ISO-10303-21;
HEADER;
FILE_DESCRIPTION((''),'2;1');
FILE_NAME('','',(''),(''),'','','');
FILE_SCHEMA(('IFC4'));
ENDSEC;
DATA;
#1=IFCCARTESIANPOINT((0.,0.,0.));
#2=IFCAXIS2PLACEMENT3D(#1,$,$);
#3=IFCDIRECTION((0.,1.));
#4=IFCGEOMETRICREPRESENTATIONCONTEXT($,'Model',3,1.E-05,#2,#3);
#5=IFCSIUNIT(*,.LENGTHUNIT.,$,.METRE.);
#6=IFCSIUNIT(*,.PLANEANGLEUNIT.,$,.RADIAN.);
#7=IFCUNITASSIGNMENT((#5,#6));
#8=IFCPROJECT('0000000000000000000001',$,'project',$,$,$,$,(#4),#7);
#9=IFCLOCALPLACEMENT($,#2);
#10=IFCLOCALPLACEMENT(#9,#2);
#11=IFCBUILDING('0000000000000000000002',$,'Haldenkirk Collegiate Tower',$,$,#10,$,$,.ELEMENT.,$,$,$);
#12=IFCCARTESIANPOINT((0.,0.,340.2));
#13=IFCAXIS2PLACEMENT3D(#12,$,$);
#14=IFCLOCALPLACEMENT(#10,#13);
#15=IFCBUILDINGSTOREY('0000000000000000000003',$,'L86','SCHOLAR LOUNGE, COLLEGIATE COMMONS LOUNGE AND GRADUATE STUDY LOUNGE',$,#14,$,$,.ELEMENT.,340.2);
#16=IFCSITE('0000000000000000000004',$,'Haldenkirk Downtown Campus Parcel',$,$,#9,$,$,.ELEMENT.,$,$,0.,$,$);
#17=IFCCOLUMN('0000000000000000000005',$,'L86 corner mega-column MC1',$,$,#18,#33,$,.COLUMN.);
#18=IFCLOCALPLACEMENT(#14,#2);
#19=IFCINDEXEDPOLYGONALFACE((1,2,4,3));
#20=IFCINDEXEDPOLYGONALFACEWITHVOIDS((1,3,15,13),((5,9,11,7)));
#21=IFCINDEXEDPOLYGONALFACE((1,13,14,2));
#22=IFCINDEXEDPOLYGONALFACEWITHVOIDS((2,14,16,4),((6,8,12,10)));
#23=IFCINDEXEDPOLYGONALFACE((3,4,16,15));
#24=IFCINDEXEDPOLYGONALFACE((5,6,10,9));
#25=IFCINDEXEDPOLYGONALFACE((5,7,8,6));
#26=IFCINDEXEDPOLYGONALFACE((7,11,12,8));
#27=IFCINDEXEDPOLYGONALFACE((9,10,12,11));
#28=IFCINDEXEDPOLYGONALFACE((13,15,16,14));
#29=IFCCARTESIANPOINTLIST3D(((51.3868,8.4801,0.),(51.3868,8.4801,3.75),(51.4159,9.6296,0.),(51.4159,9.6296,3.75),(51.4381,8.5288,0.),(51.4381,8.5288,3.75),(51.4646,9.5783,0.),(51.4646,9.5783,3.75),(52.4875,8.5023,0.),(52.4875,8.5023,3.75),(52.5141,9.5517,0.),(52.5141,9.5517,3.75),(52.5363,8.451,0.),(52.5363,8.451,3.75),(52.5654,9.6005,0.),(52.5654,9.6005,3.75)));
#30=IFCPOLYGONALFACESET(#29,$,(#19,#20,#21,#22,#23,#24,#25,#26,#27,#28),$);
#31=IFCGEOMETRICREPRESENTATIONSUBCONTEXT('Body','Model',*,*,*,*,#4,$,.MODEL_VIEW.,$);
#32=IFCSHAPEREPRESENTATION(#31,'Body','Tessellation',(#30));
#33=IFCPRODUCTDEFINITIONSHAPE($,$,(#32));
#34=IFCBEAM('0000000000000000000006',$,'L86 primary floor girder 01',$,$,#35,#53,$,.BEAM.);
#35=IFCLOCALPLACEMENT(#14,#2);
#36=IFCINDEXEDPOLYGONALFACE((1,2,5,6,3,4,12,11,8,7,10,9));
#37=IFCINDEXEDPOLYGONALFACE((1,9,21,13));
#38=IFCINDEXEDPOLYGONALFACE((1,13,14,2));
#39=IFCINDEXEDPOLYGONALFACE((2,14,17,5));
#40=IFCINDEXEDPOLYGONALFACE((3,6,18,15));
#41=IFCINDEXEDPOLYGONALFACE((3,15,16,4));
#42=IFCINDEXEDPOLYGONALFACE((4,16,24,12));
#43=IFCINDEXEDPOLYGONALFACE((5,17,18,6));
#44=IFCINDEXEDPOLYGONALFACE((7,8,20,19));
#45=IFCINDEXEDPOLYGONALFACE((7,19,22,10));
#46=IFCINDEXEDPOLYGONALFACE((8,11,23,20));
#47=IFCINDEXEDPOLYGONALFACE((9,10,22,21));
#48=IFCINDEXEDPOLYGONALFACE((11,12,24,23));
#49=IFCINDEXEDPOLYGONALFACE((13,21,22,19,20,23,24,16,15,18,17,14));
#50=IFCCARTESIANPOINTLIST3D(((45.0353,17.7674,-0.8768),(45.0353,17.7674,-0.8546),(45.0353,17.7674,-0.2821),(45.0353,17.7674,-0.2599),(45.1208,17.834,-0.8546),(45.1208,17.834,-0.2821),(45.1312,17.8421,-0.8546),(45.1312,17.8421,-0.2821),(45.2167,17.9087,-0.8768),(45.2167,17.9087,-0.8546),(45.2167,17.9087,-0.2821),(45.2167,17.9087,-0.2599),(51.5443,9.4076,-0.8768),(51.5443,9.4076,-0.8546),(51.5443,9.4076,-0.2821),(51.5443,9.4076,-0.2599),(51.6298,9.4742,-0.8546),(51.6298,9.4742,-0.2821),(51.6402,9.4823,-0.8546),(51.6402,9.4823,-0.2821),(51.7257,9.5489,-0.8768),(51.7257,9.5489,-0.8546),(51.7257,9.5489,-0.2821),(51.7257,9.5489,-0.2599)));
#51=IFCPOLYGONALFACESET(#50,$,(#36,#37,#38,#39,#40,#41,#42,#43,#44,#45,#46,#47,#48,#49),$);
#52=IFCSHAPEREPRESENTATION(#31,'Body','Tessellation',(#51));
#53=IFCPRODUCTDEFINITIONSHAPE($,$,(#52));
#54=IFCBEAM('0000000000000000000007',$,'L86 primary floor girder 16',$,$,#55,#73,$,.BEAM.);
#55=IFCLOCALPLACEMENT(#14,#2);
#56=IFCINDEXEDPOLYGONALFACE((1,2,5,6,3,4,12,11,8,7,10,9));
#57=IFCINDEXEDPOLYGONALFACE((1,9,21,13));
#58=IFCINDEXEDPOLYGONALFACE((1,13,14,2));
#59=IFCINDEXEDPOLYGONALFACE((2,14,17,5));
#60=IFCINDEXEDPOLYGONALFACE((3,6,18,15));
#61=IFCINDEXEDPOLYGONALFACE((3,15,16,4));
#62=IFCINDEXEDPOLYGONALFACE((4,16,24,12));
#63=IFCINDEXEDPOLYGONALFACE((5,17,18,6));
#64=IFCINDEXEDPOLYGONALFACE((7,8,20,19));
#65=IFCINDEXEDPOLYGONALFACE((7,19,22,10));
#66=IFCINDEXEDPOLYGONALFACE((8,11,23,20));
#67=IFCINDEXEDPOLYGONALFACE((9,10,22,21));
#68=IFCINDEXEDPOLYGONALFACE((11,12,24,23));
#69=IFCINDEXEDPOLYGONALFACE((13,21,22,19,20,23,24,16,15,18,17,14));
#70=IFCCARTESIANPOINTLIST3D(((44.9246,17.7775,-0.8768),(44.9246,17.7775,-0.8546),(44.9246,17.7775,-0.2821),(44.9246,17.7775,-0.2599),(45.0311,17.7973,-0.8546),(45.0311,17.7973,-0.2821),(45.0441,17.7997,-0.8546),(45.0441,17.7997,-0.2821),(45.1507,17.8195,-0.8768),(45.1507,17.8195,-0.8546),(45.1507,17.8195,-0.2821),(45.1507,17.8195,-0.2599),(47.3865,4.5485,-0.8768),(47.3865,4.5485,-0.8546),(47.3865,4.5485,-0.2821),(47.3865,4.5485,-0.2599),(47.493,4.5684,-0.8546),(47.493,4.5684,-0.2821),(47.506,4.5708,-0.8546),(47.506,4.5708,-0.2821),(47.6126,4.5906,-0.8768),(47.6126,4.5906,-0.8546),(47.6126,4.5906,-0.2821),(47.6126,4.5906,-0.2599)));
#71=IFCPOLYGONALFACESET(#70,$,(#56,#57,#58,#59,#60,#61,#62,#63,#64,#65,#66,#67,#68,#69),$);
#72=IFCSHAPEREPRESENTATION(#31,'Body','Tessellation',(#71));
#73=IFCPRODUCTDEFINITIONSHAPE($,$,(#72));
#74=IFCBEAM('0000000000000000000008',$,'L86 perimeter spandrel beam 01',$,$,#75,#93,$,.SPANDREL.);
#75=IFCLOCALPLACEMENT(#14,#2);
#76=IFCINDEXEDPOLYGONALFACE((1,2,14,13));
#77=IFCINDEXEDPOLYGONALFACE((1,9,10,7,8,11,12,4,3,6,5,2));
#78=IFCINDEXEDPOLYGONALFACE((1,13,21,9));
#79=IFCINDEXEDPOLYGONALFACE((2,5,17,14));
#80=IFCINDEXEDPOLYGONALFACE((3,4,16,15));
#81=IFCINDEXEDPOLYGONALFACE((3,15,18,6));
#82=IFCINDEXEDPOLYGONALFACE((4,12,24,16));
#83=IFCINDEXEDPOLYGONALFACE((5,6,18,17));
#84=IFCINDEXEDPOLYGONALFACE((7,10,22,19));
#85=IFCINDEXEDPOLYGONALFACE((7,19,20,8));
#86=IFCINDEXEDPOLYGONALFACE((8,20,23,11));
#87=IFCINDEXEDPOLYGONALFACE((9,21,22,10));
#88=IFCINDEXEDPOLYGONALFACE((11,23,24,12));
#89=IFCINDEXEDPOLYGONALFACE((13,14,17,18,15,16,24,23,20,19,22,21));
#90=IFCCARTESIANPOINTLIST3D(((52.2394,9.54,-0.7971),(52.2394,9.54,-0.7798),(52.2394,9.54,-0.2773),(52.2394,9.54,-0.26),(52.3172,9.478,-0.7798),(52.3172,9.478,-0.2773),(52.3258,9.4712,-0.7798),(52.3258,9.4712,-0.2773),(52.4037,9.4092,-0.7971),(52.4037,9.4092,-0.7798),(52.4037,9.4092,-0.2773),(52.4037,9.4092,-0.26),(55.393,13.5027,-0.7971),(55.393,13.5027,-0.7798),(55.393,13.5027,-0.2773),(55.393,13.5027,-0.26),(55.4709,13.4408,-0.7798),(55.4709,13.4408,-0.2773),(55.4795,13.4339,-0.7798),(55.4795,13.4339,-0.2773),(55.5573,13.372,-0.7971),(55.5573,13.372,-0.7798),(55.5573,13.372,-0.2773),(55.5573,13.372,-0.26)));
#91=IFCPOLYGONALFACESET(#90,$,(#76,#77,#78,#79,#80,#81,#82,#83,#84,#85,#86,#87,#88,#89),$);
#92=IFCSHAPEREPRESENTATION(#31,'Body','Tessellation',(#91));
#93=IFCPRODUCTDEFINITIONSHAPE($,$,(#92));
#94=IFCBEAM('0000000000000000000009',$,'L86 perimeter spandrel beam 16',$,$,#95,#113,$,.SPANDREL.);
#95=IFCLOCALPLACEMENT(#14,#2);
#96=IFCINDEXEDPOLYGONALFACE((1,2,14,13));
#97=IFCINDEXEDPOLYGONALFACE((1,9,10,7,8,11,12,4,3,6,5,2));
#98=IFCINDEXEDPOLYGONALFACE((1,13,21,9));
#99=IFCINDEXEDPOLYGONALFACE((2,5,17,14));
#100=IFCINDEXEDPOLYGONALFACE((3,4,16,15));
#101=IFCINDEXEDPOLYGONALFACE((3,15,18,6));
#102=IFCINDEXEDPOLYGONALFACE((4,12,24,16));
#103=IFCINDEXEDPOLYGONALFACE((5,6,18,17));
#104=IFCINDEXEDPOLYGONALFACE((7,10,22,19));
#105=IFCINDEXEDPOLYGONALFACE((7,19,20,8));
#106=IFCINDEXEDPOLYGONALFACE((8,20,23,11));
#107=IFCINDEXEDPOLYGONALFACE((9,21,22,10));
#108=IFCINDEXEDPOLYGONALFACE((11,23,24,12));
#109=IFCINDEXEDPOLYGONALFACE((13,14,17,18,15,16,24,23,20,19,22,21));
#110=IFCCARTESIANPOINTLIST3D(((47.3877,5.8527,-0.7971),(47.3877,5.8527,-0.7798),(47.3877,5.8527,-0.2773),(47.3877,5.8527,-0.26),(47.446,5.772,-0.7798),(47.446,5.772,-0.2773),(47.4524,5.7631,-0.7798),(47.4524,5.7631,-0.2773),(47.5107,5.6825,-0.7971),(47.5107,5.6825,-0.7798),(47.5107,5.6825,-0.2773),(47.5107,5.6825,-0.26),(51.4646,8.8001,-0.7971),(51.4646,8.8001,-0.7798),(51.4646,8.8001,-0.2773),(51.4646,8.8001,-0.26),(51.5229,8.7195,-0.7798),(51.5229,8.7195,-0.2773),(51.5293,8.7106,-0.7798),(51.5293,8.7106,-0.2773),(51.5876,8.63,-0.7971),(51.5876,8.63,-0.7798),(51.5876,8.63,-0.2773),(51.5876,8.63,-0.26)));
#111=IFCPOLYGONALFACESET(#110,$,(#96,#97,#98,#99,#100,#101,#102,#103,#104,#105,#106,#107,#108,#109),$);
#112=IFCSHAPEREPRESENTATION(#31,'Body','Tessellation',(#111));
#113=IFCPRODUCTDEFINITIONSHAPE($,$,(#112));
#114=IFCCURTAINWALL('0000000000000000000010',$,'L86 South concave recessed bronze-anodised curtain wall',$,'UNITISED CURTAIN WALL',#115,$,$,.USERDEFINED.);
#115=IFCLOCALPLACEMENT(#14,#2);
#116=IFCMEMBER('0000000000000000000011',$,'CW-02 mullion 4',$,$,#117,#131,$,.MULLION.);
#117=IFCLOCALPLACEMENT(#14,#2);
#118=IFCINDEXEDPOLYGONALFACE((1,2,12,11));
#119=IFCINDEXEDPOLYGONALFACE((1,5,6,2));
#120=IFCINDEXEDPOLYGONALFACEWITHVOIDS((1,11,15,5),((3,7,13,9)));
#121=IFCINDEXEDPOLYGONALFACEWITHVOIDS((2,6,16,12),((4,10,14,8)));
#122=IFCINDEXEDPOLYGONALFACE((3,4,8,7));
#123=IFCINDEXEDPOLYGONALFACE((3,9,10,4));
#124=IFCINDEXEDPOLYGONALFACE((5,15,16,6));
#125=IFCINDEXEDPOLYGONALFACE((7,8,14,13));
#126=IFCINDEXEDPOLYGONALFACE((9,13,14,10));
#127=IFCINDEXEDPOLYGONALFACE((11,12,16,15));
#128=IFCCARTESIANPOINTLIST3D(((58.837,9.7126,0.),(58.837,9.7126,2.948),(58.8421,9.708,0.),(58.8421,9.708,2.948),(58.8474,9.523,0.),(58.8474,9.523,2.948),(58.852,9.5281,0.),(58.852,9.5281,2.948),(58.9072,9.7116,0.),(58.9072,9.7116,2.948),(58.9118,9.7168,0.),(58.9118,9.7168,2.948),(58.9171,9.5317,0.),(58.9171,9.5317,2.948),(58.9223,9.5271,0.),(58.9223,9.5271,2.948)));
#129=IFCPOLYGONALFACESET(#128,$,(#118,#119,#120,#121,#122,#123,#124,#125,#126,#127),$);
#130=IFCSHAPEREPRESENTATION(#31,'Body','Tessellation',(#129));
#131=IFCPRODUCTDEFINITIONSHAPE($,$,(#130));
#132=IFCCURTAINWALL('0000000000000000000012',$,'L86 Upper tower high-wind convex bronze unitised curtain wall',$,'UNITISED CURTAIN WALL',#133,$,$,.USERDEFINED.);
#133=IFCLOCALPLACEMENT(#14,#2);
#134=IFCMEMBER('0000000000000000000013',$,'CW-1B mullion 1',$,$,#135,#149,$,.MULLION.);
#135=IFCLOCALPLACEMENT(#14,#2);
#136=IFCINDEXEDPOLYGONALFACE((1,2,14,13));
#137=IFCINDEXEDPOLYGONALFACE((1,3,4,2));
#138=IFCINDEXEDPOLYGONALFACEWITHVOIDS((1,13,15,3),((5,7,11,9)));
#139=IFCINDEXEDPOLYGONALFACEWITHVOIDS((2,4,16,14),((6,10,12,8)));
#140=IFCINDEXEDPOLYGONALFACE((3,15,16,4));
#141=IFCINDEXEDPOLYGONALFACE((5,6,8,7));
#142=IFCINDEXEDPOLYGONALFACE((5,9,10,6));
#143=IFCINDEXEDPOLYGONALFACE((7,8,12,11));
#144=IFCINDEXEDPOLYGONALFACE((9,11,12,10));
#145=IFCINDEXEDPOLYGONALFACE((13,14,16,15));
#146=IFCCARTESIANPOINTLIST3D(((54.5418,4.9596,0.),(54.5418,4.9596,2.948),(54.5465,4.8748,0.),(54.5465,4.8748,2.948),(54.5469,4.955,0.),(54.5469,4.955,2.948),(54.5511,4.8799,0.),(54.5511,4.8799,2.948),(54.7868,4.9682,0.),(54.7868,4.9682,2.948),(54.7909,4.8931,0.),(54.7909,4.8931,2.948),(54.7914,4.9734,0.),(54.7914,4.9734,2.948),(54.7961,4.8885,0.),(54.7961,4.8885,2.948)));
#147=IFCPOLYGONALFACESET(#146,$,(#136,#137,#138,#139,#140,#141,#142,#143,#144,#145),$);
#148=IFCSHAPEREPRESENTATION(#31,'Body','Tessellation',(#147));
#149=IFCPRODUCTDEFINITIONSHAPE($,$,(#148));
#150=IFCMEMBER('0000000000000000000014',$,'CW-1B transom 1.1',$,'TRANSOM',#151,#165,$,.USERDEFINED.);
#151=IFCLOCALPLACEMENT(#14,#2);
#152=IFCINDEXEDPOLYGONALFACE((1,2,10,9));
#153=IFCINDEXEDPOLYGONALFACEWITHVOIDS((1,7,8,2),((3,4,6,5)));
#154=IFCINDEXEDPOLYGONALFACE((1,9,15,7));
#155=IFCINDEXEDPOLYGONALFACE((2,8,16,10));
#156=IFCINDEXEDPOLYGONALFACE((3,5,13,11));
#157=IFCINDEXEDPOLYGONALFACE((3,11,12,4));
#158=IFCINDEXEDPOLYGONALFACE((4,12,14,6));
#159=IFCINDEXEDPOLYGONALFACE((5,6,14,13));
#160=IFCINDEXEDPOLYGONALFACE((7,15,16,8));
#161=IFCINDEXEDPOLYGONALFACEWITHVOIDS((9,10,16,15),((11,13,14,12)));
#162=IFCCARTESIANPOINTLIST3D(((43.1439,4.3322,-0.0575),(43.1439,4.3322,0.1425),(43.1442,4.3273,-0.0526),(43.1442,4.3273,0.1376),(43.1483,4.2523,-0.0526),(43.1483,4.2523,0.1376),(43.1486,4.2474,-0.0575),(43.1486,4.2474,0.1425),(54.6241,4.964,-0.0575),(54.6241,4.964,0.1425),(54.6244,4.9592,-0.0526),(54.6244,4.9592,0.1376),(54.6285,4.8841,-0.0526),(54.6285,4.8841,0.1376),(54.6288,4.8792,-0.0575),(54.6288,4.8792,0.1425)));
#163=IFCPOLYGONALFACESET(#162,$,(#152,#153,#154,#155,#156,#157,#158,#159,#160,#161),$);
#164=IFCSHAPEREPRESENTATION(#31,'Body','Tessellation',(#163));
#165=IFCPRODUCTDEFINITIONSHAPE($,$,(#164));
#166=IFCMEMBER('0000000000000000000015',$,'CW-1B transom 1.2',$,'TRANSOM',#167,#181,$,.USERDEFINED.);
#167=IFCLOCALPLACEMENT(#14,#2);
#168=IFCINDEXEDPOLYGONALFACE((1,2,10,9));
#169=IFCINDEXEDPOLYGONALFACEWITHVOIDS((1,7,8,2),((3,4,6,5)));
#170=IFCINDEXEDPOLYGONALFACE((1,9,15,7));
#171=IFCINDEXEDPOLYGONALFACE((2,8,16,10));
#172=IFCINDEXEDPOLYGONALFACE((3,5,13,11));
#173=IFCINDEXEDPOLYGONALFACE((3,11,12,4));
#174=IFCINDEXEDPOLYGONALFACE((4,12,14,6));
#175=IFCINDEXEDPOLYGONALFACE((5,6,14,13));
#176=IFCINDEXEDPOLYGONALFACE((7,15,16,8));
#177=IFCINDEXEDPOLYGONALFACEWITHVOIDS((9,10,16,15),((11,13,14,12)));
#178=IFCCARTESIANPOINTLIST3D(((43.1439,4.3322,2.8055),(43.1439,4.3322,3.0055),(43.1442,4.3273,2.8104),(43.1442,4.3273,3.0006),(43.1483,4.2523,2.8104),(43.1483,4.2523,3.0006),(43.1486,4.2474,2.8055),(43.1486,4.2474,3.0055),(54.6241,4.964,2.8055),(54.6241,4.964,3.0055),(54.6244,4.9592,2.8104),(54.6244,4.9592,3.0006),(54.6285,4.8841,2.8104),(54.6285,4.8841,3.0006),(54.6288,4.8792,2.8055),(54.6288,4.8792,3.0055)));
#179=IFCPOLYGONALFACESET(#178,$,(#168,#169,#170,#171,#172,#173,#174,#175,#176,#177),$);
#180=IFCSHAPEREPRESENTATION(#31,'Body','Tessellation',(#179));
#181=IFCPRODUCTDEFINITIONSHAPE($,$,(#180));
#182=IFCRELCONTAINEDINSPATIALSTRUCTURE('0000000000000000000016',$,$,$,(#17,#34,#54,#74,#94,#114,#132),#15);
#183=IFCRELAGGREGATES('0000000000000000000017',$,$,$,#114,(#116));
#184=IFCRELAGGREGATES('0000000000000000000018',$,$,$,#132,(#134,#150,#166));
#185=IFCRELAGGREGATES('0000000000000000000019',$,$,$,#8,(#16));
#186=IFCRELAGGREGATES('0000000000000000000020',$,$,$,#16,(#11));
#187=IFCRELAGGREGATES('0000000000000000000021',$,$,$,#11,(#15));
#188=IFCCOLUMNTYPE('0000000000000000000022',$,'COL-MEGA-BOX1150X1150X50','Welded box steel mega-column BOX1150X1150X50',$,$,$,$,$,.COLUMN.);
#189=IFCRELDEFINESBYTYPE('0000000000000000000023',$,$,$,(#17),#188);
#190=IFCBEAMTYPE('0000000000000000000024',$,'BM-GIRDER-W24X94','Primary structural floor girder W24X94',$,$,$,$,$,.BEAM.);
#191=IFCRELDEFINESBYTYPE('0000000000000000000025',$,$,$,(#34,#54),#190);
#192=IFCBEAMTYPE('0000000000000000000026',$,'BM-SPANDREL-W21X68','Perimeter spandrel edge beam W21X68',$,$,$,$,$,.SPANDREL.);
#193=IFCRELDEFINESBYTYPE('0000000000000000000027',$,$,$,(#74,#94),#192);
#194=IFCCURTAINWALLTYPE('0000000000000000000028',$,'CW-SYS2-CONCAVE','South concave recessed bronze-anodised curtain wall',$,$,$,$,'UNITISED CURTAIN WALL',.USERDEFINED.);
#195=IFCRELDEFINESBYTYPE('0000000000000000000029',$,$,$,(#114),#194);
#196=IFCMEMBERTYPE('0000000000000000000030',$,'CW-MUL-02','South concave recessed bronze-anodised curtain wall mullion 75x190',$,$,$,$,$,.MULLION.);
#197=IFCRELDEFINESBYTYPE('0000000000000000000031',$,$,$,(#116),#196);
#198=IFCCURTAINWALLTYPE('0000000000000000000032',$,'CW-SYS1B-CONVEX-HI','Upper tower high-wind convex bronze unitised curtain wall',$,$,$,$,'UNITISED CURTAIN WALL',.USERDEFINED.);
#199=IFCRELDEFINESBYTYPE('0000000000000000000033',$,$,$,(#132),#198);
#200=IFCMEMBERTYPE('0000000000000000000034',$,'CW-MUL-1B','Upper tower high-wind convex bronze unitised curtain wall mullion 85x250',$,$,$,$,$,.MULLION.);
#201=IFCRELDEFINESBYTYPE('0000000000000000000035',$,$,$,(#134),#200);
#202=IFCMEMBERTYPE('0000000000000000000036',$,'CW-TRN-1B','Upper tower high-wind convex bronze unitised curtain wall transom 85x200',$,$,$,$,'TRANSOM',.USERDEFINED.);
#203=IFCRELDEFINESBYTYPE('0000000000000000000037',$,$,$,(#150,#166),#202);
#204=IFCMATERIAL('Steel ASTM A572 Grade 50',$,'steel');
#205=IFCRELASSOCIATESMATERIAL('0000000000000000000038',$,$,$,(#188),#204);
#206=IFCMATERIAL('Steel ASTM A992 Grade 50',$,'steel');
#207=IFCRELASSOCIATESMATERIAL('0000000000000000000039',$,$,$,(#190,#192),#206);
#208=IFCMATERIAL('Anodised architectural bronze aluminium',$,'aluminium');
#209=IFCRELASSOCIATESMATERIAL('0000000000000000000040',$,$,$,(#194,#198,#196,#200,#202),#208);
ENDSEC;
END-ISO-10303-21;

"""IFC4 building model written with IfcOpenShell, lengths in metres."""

from ifc_helpers import new_model, si_unit, direction, frame, origin, origin_2d, place, context, subcontext, project, spatial, hollow_rectangle, i_section, extrude, material, material_profile, profile_set, type_object, element, aggregate, save


model = new_model("IFC4")

# Units and contexts
model_context = context("Model", 3, precision=1e-05, world=origin(), true_north=direction((0.0, 1.0)))
body_context = subcontext(model_context, "Body", "Model", "MODEL_VIEW")
ifc_project = project(units=[si_unit("LENGTHUNIT", "METRE"), si_unit("PLANEANGLEUNIT", "RADIAN")], contexts=[model_context])

# Site, building, storey
site_placement = place(None, origin())
site = spatial("IfcSite", under=ifc_project, at=site_placement, Name="Haldenkirk Downtown Campus Parcel", CompositionType="ELEMENT", RefElevation=0.0)
building_placement = place(site_placement, origin())
building = spatial("IfcBuilding", under=site, at=building_placement, Name="Haldenkirk Collegiate Tower", CompositionType="ELEMENT")
storey_placement = place(building_placement, frame((0.0, 0.0, 340.2)))
storey = spatial("IfcBuildingStorey", under=building, at=storey_placement, Name="L86", Description="SCHOLAR LOUNGE, COLLEGIATE COMMONS LOUNGE AND GRADUATE STUDY LOUNGE", CompositionType="ELEMENT", Elevation=340.2)

# Column
ifc_material_1 = material(Name="Steel ASTM A572 Grade 50", Category="steel")
ifc_material_profile_1 = material_profile(ifc_material_1, hollow_rectangle(XDim=1.1499, YDim=1.1499, WallThickness=0.05, at=origin_2d()), Name="BOX1150X1150X50")
ifc_profile_set_1 = profile_set([ifc_material_profile_1], Name="Steel ASTM A572 Grade 50")
column_type = type_object("IfcColumnType", Name="COL-MEGA-BOX1150X1150X50", Description="Welded box steel mega-column BOX1150X1150X50", PredefinedType="COLUMN", material=ifc_profile_set_1)
column_placement = place(storey_placement, frame((51.9761, 9.0403, 0.0), z_axis=(0.0, 0.0, 1.0), x_axis=(0.025305, 0.99968, 0.0)))
element("IfcColumn", 1, at=column_placement, inside=storey, type_object=column_type, Name="L86 corner mega-column MC1", PredefinedType="COLUMN", context=body_context, shape_type="SweptSolid", body=[
    extrude(hollow_rectangle(XDim=1.1499, YDim=1.1499, WallThickness=0.05, at=origin_2d()), origin(), (0.0, 0.0, 1.0), 3.75),
])

# Beams
ifc_material_2 = material(Name="Steel ASTM A992 Grade 50", Category="steel")
ifc_material_profile_2 = material_profile(ifc_material_2, i_section(OverallWidth=0.23, OverallDepth=0.6169, WebThickness=0.0132, FlangeThickness=0.0222, at=origin_2d()), Name="W24X94")
ifc_profile_set_2 = profile_set([ifc_material_profile_2], Name="Steel ASTM A992 Grade 50")
beam_type_1 = type_object("IfcBeamType", Name="BM-GIRDER-W24X94", Description="Primary structural floor girder W24X94", PredefinedType="BEAM", material=ifc_profile_set_2)
beam_1_placement = place(storey_placement, frame((51.635, 9.4783, -0.5684), z_axis=(-0.614347, 0.789036, 0.0), x_axis=(-0.789036, -0.614347, 0.0)))
element("IfcBeam", 2, at=beam_1_placement, inside=storey, type_object=beam_type_1, Name="L86 primary floor girder 01", PredefinedType="BEAM", context=body_context, shape_type="SweptSolid", body=[
    extrude(i_section(OverallWidth=0.23, OverallDepth=0.6169, WebThickness=0.0132, FlangeThickness=0.0222, at=origin_2d()), origin(), (0.0, 0.0, 1.0), 10.595),
])
beam_2_placement = place(storey_placement, frame((47.4995, 4.5696, -0.5684), z_axis=(-0.182958, 0.983121, 0.0), x_axis=(-0.983121, -0.182958, 0.0)))
element("IfcBeam", 3, at=beam_2_placement, inside=storey, type_object=beam_type_1, Name="L86 primary floor girder 16", PredefinedType="BEAM", context=body_context, shape_type="SweptSolid", body=[
    extrude(i_section(OverallWidth=0.23, OverallDepth=0.6169, WebThickness=0.0132, FlangeThickness=0.0222, at=origin_2d()), origin(), (0.0, 0.0, 1.0), 13.4561),
])
ifc_material_profile_3 = material_profile(ifc_material_2, i_section(OverallWidth=0.21, OverallDepth=0.5371, WebThickness=0.011, FlangeThickness=0.0173, at=origin_2d()), Name="W21X68")
ifc_profile_set_3 = profile_set([ifc_material_profile_3], Name="Steel ASTM A992 Grade 50")
beam_type_2 = type_object("IfcBeamType", Name="BM-SPANDREL-W21X68", Description="Perimeter spandrel edge beam W21X68", PredefinedType="SPANDREL", material=ifc_profile_set_3)
beam_3_placement = place(storey_placement, frame((52.3215, 9.4746, -0.5286), z_axis=(0.6227, 0.782461, 0.0), x_axis=(-0.782461, 0.6227, 0.0)))
element("IfcBeam", 4, at=beam_3_placement, inside=storey, type_object=beam_type_2, Name="L86 perimeter spandrel beam 01", PredefinedType="SPANDREL", context=body_context, shape_type="SweptSolid", body=[
    extrude(i_section(OverallWidth=0.21, OverallDepth=0.5371, WebThickness=0.011, FlangeThickness=0.0173, at=origin_2d()), origin(), (0.0, 0.0, 1.0), 5.0645),
])
beam_4_placement = place(storey_placement, frame((47.4492, 5.7676, -0.5286), z_axis=(0.810389, 0.585893, 0.0), x_axis=(-0.585893, 0.810389, 0.0)))
element("IfcBeam", 5, at=beam_4_placement, inside=storey, type_object=beam_type_2, Name="L86 perimeter spandrel beam 16", PredefinedType="SPANDREL", context=body_context, shape_type="SweptSolid", body=[
    extrude(i_section(OverallWidth=0.21, OverallDepth=0.5371, WebThickness=0.011, FlangeThickness=0.0173, at=origin_2d()), origin(), (0.0, 0.0, 1.0), 5.0308),
])

# Curtain wall, member
ifc_material_3 = material(Name="Anodised architectural bronze aluminium", Category="aluminium")
curtain_wall_type_1 = type_object("IfcCurtainWallType", Name="CW-SYS2-CONCAVE", Description="South concave recessed bronze-anodised curtain wall", ElementType="UNITISED CURTAIN WALL", PredefinedType="USERDEFINED", material=ifc_material_3)
curtain_wall_1_placement = place(storey_placement, origin())
curtain_wall_1 = element("IfcCurtainWall", 6, at=curtain_wall_1_placement, inside=storey, type_object=curtain_wall_type_1, Name="L86 South concave recessed bronze-anodised curtain wall", ObjectType="UNITISED CURTAIN WALL", PredefinedType="USERDEFINED")
ifc_material_profile_4 = material_profile(ifc_material_3, hollow_rectangle(XDim=0.075, YDim=0.1899, WallThickness=0.0049, at=origin_2d()), Name="CW-MUL-02")
ifc_profile_set_4 = profile_set([ifc_material_profile_4], Name="Anodised architectural bronze aluminium")
member_type_1 = type_object("IfcMemberType", Name="CW-MUL-02", Description="South concave recessed bronze-anodised curtain wall mullion 75x190", PredefinedType="MULLION", material=ifc_profile_set_4)
member_1_placement = place(storey_placement, frame((58.8796, 9.6199, 0.0), z_axis=(0.0, 0.0, 1.0), x_axis=(0.998489, 0.054949, 0.0)))
member_1 = element("IfcMember", 7, at=member_1_placement, type_object=member_type_1, Name="CW-02 mullion 4", PredefinedType="MULLION", context=body_context, shape_type="SweptSolid", body=[
    extrude(hollow_rectangle(XDim=0.075, YDim=0.1899, WallThickness=0.0049, at=origin_2d()), origin(), (0.0, 0.0, 1.0), 2.948),
])
aggregate(curtain_wall_1, [member_1])

# Curtain wall, members
curtain_wall_type_2 = type_object("IfcCurtainWallType", Name="CW-SYS1B-CONVEX-HI", Description="Upper tower high-wind convex bronze unitised curtain wall", ElementType="UNITISED CURTAIN WALL", PredefinedType="USERDEFINED", material=ifc_material_3)
curtain_wall_2_placement = place(storey_placement, origin())
curtain_wall_2 = element("IfcCurtainWall", 8, at=curtain_wall_2_placement, inside=storey, type_object=curtain_wall_type_2, Name="L86 Upper tower high-wind convex bronze unitised curtain wall", ObjectType="UNITISED CURTAIN WALL", PredefinedType="USERDEFINED")
ifc_material_profile_5 = material_profile(ifc_material_3, hollow_rectangle(XDim=0.085, YDim=0.25, WallThickness=0.0049, at=origin_2d()), Name="CW-MUL-1B")
ifc_profile_set_5 = profile_set([ifc_material_profile_5], Name="Anodised architectural bronze aluminium")
member_type_2 = type_object("IfcMemberType", Name="CW-MUL-1B", Description="Upper tower high-wind convex bronze unitised curtain wall mullion 85x250", PredefinedType="MULLION", material=ifc_profile_set_5)
member_2_placement = place(storey_placement, frame((54.6689, 4.9241, 0.0), z_axis=(0.0, 0.0, 1.0), x_axis=(0.054948, -0.998489, 0.0)))
member_2 = element("IfcMember", 9, at=member_2_placement, type_object=member_type_2, Name="CW-1B mullion 1", PredefinedType="MULLION", context=body_context, shape_type="SweptSolid", body=[
    extrude(hollow_rectangle(XDim=0.085, YDim=0.25, WallThickness=0.0049, at=origin_2d()), origin(), (0.0, 0.0, 1.0), 2.948),
])
ifc_material_profile_6 = material_profile(ifc_material_3, hollow_rectangle(XDim=0.085, YDim=0.2, WallThickness=0.0049, at=origin_2d()), Name="CW-TRN-1B")
ifc_profile_set_6 = profile_set([ifc_material_profile_6], Name="Anodised architectural bronze aluminium")
member_type_3 = type_object("IfcMemberType", Name="CW-TRN-1B", Description="Upper tower high-wind convex bronze unitised curtain wall transom 85x200", ElementType="TRANSOM", PredefinedType="USERDEFINED", material=ifc_profile_set_6)
member_3_placement = place(storey_placement, frame((54.6265, 4.9216, 0.0425), z_axis=(-0.998489, -0.054954, 0.0), x_axis=(0.054954, -0.998489, 0.0)))
member_3 = element("IfcMember", 10, at=member_3_placement, type_object=member_type_3, Name="CW-1B transom 1.1", ObjectType="TRANSOM", PredefinedType="USERDEFINED", context=body_context, shape_type="SweptSolid", body=[
    extrude(hollow_rectangle(XDim=0.085, YDim=0.2, WallThickness=0.0049, at=origin_2d()), origin(), (0.0, 0.0, 1.0), 11.4976),
])
member_4_placement = place(storey_placement, frame((54.6265, 4.9216, 2.9055), z_axis=(-0.998489, -0.054954, 0.0), x_axis=(0.054954, -0.998489, 0.0)))
member_4 = element("IfcMember", 11, at=member_4_placement, type_object=member_type_3, Name="CW-1B transom 1.2", ObjectType="TRANSOM", PredefinedType="USERDEFINED", context=body_context, shape_type="SweptSolid", body=[
    extrude(hollow_rectangle(XDim=0.085, YDim=0.2, WallThickness=0.0049, at=origin_2d()), origin(), (0.0, 0.0, 1.0), 11.4976),
])
aggregate(curtain_wall_2, [member_2, member_3, member_4])

save(model, "model.ifc")
